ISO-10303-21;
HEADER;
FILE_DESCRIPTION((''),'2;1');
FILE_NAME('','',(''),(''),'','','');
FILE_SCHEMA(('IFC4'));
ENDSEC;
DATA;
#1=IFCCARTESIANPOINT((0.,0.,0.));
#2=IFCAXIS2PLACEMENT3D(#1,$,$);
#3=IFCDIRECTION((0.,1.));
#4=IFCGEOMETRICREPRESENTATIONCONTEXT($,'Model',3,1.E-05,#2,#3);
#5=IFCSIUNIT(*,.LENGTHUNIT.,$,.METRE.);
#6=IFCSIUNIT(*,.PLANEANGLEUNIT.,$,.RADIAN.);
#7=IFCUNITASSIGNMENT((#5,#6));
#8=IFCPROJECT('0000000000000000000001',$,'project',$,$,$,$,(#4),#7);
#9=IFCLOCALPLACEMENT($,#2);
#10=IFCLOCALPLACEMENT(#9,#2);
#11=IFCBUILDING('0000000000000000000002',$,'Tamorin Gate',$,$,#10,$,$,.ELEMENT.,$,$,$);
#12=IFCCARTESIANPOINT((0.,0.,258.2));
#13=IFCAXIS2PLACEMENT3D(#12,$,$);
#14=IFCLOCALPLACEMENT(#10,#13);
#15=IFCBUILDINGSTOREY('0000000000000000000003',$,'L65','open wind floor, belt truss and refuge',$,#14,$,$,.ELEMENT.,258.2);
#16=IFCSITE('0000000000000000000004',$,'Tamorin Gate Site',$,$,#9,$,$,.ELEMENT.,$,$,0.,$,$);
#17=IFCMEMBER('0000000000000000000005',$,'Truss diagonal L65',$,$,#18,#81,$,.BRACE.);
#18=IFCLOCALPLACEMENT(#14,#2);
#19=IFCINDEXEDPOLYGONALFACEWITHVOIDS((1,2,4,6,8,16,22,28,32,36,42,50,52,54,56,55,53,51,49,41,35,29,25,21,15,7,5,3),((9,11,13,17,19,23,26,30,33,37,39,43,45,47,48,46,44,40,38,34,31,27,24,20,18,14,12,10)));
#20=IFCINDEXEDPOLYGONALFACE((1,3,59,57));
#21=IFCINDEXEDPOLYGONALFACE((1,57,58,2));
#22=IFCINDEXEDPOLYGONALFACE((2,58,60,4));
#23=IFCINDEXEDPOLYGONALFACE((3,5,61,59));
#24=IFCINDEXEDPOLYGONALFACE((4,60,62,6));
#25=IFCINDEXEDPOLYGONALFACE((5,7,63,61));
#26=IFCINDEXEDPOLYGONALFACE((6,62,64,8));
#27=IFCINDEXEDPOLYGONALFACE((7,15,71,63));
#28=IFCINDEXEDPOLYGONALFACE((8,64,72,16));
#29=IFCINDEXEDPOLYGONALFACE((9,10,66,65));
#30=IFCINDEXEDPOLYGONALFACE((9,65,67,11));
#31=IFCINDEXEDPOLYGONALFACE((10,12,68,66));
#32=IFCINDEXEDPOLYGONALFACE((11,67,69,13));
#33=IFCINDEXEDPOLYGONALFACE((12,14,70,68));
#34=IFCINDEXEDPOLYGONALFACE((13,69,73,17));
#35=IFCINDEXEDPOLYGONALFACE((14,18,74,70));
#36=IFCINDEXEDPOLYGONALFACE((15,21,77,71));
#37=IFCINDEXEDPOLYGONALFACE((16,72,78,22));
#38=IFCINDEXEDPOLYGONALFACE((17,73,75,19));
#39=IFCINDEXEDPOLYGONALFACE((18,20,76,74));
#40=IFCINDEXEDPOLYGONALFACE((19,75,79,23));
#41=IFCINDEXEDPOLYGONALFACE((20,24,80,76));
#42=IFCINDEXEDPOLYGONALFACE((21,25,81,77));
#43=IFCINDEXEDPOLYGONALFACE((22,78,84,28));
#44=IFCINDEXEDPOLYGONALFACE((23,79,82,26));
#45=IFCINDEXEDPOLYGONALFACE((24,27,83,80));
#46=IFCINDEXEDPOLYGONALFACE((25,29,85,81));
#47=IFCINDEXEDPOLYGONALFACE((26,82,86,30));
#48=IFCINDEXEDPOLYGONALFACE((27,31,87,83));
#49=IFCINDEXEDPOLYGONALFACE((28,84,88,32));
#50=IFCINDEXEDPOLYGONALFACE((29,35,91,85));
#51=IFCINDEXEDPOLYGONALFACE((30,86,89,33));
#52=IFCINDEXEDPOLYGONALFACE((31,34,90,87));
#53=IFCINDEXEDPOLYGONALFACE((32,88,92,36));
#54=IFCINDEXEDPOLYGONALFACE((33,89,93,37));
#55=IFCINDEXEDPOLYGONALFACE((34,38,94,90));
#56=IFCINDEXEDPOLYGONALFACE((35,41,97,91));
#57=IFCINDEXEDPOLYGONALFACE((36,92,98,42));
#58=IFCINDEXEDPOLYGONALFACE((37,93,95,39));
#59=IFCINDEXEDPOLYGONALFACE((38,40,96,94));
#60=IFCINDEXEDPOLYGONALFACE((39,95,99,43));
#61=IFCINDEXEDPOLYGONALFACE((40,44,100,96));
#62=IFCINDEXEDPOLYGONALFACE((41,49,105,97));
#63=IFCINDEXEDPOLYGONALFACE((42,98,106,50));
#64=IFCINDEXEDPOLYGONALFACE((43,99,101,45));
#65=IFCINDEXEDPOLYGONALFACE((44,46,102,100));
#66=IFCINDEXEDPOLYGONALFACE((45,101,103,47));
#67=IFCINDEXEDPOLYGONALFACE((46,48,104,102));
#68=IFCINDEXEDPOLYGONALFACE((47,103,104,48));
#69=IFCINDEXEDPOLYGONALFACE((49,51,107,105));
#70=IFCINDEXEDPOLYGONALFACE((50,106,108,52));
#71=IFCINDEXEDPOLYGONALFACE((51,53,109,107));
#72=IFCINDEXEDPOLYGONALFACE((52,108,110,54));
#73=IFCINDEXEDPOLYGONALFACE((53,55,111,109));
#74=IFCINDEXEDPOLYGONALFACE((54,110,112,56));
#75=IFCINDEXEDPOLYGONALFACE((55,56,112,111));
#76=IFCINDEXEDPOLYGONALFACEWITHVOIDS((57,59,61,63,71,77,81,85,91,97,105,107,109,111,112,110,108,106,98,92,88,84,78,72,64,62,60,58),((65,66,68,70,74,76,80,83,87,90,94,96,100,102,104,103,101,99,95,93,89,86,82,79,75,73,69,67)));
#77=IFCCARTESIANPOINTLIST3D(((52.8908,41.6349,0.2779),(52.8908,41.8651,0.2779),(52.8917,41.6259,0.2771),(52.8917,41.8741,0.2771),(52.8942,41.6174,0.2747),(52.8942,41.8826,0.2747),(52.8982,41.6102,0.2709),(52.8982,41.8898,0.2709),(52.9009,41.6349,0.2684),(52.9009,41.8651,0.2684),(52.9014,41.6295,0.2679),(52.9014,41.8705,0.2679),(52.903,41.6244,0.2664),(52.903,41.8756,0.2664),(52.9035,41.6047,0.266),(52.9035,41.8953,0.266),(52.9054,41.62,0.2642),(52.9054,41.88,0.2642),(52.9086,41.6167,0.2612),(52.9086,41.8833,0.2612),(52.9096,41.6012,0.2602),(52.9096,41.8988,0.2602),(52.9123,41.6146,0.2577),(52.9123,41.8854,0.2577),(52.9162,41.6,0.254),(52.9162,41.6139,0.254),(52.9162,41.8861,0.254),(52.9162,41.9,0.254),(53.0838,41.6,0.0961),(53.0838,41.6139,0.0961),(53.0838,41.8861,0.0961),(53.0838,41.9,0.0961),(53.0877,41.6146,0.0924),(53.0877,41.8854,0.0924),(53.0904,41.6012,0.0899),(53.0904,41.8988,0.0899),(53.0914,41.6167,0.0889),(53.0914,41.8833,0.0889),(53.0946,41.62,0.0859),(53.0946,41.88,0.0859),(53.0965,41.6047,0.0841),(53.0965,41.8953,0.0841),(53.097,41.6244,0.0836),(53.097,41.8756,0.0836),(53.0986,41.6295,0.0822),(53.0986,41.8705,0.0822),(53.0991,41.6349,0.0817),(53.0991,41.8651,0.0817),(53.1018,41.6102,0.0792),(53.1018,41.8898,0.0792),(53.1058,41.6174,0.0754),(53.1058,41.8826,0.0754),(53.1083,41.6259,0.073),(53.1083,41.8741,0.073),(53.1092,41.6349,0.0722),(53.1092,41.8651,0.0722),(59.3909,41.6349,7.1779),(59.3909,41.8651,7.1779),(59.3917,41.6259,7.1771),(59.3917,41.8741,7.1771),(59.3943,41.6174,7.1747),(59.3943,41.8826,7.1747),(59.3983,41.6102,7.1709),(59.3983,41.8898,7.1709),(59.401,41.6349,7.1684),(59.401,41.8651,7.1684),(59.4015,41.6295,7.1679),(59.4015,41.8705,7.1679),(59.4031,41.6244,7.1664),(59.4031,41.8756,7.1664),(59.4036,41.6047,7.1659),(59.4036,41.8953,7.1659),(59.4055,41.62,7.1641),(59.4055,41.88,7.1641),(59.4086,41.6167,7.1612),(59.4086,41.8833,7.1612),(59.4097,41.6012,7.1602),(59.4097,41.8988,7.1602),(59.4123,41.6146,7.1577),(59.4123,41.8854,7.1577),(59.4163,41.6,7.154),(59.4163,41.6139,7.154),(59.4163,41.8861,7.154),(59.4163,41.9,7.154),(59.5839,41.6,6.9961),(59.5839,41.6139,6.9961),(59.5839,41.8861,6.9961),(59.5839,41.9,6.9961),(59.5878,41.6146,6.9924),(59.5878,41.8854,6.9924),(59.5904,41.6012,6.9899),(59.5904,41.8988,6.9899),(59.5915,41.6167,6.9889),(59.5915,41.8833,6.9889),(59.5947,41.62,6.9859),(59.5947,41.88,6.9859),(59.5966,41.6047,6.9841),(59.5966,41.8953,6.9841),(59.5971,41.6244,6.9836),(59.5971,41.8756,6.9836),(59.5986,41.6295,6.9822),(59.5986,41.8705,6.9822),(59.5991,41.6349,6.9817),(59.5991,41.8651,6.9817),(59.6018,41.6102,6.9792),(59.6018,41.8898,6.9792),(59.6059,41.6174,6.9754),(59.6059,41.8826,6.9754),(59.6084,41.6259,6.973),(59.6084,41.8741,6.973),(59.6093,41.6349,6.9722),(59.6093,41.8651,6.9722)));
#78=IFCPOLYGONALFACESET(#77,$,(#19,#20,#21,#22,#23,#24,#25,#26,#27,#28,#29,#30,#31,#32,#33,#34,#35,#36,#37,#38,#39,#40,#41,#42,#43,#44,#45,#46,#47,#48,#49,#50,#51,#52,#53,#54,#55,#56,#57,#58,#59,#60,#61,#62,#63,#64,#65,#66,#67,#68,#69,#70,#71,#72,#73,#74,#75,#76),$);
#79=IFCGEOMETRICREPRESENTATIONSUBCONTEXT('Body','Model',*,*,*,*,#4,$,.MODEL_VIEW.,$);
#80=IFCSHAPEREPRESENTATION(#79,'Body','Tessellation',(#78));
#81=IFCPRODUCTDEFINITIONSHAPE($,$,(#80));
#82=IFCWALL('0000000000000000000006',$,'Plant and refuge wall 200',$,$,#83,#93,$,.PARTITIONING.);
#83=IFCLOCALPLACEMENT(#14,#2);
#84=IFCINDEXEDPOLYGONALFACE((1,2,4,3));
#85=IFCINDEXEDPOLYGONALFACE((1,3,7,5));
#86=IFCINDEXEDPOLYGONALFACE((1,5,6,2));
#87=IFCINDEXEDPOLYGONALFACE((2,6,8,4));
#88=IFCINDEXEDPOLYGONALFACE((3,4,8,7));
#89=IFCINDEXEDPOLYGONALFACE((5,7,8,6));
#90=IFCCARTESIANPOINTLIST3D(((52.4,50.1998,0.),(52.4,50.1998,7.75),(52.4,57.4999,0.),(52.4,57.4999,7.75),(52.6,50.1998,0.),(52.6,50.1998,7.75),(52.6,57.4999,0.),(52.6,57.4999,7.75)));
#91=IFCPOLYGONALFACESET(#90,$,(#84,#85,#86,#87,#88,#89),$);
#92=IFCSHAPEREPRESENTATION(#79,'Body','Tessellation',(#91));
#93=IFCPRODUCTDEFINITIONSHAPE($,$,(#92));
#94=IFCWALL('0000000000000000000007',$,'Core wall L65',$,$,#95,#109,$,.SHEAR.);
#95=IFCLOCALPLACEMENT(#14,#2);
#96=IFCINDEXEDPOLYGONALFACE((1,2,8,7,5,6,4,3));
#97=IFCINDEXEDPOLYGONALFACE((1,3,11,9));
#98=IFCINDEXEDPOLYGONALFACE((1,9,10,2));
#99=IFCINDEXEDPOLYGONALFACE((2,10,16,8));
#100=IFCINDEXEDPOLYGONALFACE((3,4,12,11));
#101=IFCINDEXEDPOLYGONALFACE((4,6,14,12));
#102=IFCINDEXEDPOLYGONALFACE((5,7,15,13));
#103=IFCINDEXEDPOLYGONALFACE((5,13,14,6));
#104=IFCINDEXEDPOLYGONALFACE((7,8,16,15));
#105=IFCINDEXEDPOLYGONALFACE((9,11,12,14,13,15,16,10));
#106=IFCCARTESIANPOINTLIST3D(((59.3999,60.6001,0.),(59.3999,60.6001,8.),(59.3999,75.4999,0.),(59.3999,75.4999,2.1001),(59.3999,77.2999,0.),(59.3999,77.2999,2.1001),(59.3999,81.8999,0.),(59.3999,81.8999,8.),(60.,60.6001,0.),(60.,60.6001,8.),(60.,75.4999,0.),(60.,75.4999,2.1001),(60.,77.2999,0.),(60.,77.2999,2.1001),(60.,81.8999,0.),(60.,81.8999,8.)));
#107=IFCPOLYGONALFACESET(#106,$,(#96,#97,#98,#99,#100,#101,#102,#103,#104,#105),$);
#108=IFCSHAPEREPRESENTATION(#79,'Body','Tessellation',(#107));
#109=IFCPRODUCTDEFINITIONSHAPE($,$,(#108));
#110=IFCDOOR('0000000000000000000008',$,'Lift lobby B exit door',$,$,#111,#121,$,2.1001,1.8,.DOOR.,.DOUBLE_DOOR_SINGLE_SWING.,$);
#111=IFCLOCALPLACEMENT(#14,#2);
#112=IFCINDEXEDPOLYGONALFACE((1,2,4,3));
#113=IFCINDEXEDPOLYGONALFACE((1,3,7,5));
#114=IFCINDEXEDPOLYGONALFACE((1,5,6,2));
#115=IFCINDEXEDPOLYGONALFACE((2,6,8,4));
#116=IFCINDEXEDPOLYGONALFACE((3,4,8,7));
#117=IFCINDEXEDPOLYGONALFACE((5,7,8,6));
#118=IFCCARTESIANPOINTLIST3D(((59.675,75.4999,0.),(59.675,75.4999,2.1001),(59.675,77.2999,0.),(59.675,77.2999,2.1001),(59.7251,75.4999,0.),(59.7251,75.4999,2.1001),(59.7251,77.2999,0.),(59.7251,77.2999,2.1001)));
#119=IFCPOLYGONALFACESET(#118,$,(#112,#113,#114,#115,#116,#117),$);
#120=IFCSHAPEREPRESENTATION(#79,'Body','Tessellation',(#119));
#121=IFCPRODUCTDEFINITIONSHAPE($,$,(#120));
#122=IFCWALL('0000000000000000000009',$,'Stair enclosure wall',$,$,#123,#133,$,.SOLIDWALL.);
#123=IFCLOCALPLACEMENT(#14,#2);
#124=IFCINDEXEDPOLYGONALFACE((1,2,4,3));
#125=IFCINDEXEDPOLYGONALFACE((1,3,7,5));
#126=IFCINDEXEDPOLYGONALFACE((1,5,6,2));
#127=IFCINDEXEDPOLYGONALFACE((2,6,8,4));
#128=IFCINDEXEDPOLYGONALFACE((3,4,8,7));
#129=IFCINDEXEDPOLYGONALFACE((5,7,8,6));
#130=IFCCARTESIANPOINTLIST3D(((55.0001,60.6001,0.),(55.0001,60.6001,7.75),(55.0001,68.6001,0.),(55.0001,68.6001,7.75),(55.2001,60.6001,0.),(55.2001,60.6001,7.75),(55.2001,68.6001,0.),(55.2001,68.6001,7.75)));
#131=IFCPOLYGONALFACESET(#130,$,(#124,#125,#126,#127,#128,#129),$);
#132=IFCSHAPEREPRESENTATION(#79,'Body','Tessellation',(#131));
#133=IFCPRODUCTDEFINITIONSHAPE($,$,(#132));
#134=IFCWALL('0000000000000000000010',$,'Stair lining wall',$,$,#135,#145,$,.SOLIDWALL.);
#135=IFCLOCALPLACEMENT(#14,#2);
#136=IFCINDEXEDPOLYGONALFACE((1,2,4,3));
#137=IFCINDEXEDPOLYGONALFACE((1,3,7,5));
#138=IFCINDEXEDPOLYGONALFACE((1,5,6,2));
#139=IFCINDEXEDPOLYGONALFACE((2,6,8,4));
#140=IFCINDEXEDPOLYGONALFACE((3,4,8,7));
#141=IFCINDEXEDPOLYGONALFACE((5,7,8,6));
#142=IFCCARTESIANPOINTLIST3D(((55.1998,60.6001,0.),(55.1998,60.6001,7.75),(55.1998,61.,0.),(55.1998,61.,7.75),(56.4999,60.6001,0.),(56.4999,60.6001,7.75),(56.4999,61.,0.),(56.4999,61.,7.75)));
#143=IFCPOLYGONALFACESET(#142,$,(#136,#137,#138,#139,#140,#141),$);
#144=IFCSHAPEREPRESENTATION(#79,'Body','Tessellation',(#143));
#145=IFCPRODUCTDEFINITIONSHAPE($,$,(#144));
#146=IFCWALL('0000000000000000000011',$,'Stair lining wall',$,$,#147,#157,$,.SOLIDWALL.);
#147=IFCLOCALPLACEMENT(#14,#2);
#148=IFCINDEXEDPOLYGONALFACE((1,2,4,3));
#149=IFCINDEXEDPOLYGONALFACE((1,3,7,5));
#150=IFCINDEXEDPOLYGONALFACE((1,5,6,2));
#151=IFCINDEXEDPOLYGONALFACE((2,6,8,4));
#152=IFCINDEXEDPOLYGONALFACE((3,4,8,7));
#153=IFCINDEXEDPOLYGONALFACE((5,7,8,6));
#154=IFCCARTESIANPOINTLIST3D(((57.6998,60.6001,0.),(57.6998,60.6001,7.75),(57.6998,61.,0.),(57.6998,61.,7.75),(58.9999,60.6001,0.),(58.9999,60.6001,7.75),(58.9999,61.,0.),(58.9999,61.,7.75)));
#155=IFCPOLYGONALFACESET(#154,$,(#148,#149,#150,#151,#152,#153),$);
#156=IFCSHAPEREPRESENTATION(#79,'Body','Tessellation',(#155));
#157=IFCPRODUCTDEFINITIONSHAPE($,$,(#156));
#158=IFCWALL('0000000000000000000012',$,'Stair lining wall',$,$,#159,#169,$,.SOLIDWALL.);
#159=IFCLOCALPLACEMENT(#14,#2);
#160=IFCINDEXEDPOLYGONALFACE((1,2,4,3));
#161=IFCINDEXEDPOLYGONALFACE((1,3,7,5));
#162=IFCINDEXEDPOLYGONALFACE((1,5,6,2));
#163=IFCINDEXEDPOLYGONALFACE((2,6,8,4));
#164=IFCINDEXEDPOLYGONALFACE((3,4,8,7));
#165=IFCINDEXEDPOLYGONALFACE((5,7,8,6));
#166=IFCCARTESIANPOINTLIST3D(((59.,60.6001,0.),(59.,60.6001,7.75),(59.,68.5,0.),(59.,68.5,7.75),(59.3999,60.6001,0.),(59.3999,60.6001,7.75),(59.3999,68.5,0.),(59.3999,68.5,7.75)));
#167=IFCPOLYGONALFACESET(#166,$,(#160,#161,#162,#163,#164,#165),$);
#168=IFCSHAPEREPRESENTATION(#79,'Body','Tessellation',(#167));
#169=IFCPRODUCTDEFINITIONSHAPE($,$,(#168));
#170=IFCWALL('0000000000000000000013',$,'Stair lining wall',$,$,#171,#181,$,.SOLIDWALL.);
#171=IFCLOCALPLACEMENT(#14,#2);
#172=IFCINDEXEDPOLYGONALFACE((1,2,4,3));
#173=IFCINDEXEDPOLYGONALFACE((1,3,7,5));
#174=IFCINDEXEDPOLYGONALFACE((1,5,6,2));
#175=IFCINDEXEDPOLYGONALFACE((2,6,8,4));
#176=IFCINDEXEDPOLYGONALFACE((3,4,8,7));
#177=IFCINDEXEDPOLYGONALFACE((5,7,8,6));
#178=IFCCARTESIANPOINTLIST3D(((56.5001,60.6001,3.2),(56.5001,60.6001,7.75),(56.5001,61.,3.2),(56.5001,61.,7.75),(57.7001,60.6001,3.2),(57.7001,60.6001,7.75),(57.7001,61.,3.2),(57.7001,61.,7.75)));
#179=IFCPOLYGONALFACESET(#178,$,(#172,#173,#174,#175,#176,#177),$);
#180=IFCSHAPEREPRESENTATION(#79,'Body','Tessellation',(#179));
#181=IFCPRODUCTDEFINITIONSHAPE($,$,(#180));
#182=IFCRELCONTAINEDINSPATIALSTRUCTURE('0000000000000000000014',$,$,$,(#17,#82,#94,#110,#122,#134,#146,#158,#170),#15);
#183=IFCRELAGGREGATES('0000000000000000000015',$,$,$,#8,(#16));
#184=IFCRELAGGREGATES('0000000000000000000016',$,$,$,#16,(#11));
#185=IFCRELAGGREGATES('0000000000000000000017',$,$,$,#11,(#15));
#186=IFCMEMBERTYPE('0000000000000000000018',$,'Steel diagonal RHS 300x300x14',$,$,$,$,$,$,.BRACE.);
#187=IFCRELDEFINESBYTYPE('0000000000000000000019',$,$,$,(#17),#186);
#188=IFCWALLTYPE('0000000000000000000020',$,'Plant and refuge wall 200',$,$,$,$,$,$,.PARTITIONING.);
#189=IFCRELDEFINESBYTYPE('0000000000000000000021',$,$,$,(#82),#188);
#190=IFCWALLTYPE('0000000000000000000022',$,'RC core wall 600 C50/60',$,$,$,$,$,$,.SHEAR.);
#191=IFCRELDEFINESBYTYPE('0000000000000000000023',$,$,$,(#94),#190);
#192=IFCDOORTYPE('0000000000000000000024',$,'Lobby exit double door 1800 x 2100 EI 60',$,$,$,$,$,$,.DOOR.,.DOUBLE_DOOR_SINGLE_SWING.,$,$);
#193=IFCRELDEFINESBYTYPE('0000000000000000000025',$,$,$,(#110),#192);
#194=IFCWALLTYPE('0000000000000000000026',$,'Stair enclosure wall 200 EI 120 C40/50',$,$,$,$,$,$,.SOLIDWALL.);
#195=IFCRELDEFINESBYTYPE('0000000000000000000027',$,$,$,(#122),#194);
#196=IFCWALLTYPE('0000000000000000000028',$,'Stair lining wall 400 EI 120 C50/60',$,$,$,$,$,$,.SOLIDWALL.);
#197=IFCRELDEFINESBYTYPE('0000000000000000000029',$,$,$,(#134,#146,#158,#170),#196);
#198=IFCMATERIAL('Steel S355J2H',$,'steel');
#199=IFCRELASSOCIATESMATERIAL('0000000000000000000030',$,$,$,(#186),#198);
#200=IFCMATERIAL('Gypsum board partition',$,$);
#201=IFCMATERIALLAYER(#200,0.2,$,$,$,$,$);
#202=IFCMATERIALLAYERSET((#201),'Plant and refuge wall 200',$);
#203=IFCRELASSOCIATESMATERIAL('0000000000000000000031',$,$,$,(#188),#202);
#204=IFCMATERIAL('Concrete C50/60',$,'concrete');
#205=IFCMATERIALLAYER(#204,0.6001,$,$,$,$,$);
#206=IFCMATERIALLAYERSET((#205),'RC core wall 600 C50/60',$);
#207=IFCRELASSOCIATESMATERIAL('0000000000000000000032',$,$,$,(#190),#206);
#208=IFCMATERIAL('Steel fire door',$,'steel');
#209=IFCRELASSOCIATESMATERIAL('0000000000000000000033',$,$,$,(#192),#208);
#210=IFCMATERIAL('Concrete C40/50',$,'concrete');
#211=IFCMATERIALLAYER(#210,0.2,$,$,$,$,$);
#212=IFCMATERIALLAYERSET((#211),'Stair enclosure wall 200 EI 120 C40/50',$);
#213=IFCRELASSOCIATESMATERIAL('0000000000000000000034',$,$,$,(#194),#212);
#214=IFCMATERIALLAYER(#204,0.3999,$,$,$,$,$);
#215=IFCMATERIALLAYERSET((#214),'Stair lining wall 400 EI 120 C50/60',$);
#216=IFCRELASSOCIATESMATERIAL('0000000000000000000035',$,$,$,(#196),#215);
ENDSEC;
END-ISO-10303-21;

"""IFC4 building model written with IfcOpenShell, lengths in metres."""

from ifc_helpers import new_model, si_unit, direction, frame, frame_2d, origin, origin_2d, place, context, subcontext, project, spatial, rectangle, hollow_rectangle, extrude, material, layer, layer_set, material_profile, profile_set, type_object, element, fill, save


model = new_model("IFC4")

# Units and contexts
model_context = context("Model", 3, precision=1e-05, world=origin(), true_north=direction((0.0, 1.0)))
body_context = subcontext(model_context, "Body", "Model", "MODEL_VIEW")
ifc_project = project(units=[si_unit("LENGTHUNIT", "METRE"), si_unit("PLANEANGLEUNIT", "RADIAN")], contexts=[model_context])

# Site, building, storey
site_placement = place(None, origin())
site = spatial("IfcSite", under=ifc_project, at=site_placement, Name="Tamorin Gate Site", CompositionType="ELEMENT", RefElevation=0.0)
building_placement = place(site_placement, origin())
building = spatial("IfcBuilding", under=site, at=building_placement, Name="Tamorin Gate", CompositionType="ELEMENT")
storey_placement = place(building_placement, frame((0.0, 0.0, 258.2)))
storey = spatial("IfcBuildingStorey", under=building, at=storey_placement, Name="L65", Description="open wind floor, belt truss and refuge", CompositionType="ELEMENT", Elevation=258.2)

# Shared definitions
ifc_material_1 = material(Name="Concrete C50/60", Category="concrete")

# Member
ifc_material_2 = material(Name="Steel S355J2H", Category="steel")
ifc_material_profile_1 = material_profile(ifc_material_2, hollow_rectangle(XDim=0.3, YDim=0.3, WallThickness=0.0139, InnerFilletRadius=0.021, OuterFilletRadius=0.0349, at=origin_2d()), Name="RHS 300x300x14")
ifc_profile_set_1 = profile_set([ifc_material_profile_1], Name="Steel S355J2H")
member_type_1 = type_object("IfcMemberType", Name="Steel diagonal RHS 300x300x14", PredefinedType="BRACE", material=ifc_profile_set_1)
member_placement = place(storey_placement, frame((53.0, 41.75, 0.175), z_axis=(0.685699, 0.0, 0.727885), x_axis=(0.0, 1.0, 0.0)))
element("IfcMember", 1, at=member_placement, inside=storey, type_object=member_type_1, Name="Truss diagonal L65", PredefinedType="BRACE", context=body_context, shape_type="SweptSolid", body=[
    extrude(hollow_rectangle(XDim=0.3, YDim=0.3, WallThickness=0.0139, InnerFilletRadius=0.021, OuterFilletRadius=0.0349, at=origin_2d()), origin(), (0.0, 0.0, 1.0), 9.4795),
])

# Wall
ifc_material_3 = material(Name="Gypsum board partition")
ifc_layer_1 = layer(ifc_material_3, 0.2)
ifc_layer_set_1 = layer_set([ifc_layer_1], Name="Plant and refuge wall 200")
wall_type_1 = type_object("IfcWallType", Name="Plant and refuge wall 200", PredefinedType="PARTITIONING", material=ifc_layer_set_1)
wall_1_placement = place(storey_placement, frame((52.5, 50.2, 0.0), z_axis=(0.0, 0.0, 1.0), x_axis=(0.0, 1.0, 0.0)))
element("IfcWall", 2, at=wall_1_placement, inside=storey, type_object=wall_type_1, Name="Plant and refuge wall 200", PredefinedType="PARTITIONING", context=body_context, shape_type="SweptSolid", body=[
    extrude(rectangle(XDim=7.3, YDim=0.2, at=frame_2d((3.6499, 0.0))), origin(), (0.0, 0.0, 1.0), 7.75),
])

# Wall, opening, door
ifc_layer_2 = layer(ifc_material_1, 0.6001)
ifc_layer_set_2 = layer_set([ifc_layer_2], Name="RC core wall 600 C50/60")
wall_type_2 = type_object("IfcWallType", Name="RC core wall 600 C50/60", PredefinedType="SHEAR", material=ifc_layer_set_2)
wall_2_placement = place(storey_placement, frame((59.7, 60.6001, 0.0), z_axis=(0.0, 0.0, 1.0), x_axis=(0.0, 1.0, 0.0)))
wall_2 = element("IfcWall", 3, at=wall_2_placement, inside=storey, type_object=wall_type_2, Name="Core wall L65", PredefinedType="SHEAR", context=body_context, shape_type="SweptSolid", body=[
    extrude(rectangle(XDim=21.2998, YDim=0.6001, at=frame_2d((10.6499, 0.0))), origin(), (0.0, 0.0, 1.0), 8.0),
])
opening_placement = place(wall_2_placement, frame((14.8999, 0.0, 0.0)))
opening = element("IfcOpeningElement", 4, at=opening_placement, cuts=wall_2, PredefinedType="OPENING", context=body_context, shape_type="SweptSolid", body=[
    extrude(rectangle(XDim=1.8, YDim=2.1001, at=frame_2d((0.8999, 1.05))), frame((0.0, 0.3101, 0.0), z_axis=(0.0, -1.0, 0.0), x_axis=(1.0, 0.0, 0.0)), (0.0, 0.0, 1.0), 0.6201),
])
ifc_material_4 = material(Name="Steel fire door", Category="steel")
door_type = type_object("IfcDoorType", Name="Lobby exit double door 1800 x 2100 EI 60", OperationType="DOUBLE_DOOR_SINGLE_SWING", PredefinedType="DOOR", material=ifc_material_4)
door_placement = place(opening_placement, origin())
door = element("IfcDoor", 5, at=door_placement, inside=storey, type_object=door_type, Name="Lift lobby B exit door", OperationType="DOUBLE_DOOR_SINGLE_SWING", OverallHeight=2.1001, OverallWidth=1.8, PredefinedType="DOOR", context=body_context, shape_type="SweptSolid", body=[
    extrude(rectangle(XDim=1.8, YDim=2.1001, at=frame_2d((0.8999, 1.05))), frame((0.0, 0.0249, 0.0), z_axis=(0.0, -1.0, 0.0), x_axis=(1.0, 0.0, 0.0)), (0.0, 0.0, 1.0), 0.05),
])
fill(opening, door)

# Walls
ifc_material_5 = material(Name="Concrete C40/50", Category="concrete")
ifc_layer_3 = layer(ifc_material_5, 0.2)
ifc_layer_set_3 = layer_set([ifc_layer_3], Name="Stair enclosure wall 200 EI 120 C40/50")
wall_type_3 = type_object("IfcWallType", Name="Stair enclosure wall 200 EI 120 C40/50", PredefinedType="SOLIDWALL", material=ifc_layer_set_3)
wall_3_placement = place(storey_placement, frame((55.1001, 60.6001, 0.0), z_axis=(0.0, 0.0, 1.0), x_axis=(0.0, 1.0, 0.0)))
element("IfcWall", 6, at=wall_3_placement, inside=storey, type_object=wall_type_3, Name="Stair enclosure wall", PredefinedType="SOLIDWALL", context=body_context, shape_type="SweptSolid", body=[
    extrude(rectangle(XDim=8.0, YDim=0.2, at=frame_2d((4.0, 0.0))), origin(), (0.0, 0.0, 1.0), 7.75),
])
ifc_layer_4 = layer(ifc_material_1, 0.3999)
ifc_layer_set_4 = layer_set([ifc_layer_4], Name="Stair lining wall 400 EI 120 C50/60")
wall_type_4 = type_object("IfcWallType", Name="Stair lining wall 400 EI 120 C50/60", PredefinedType="SOLIDWALL", material=ifc_layer_set_4)
for number, where, z_axis, x_axis, name in (
    (7, (55.2, 60.8, 0.0), (0.0, 0.0, 1.0), (1.0, 0.0, 0.0), "Stair lining wall"),
    (8, (57.7, 60.8, 0.0), (0.0, 0.0, 1.0), (1.0, 0.0, 0.0), "Stair lining wall"),
):
    element("IfcWall", number, at=place(storey_placement, frame(where, z_axis=z_axis, x_axis=x_axis)), inside=storey, type_object=wall_type_4, Name=name, PredefinedType="SOLIDWALL", context=body_context, shape_type="SweptSolid", body=[
        extrude(rectangle(XDim=1.3, YDim=0.3999, at=frame_2d((0.6499, 0.0))), origin(), (0.0, 0.0, 1.0), 7.75),
    ])
wall_4_placement = place(storey_placement, frame((59.2, 60.6001, 0.0), z_axis=(0.0, 0.0, 1.0), x_axis=(0.0, 1.0, 0.0)))
element("IfcWall", 9, at=wall_4_placement, inside=storey, type_object=wall_type_4, Name="Stair lining wall", PredefinedType="SOLIDWALL", context=body_context, shape_type="SweptSolid", body=[
    extrude(rectangle(XDim=7.8999, YDim=0.3999, at=frame_2d((3.95, 0.0))), origin(), (0.0, 0.0, 1.0), 7.75),
])
wall_5_placement = place(storey_placement, frame((56.5, 60.8, 3.2), z_axis=(0.0, 0.0, 1.0), x_axis=(1.0, 0.0, 0.0)))
element("IfcWall", 10, at=wall_5_placement, inside=storey, type_object=wall_type_4, Name="Stair lining wall", PredefinedType="SOLIDWALL", context=body_context, shape_type="SweptSolid", body=[
    extrude(rectangle(XDim=1.2, YDim=0.3999, at=frame_2d((0.6001, 0.0))), origin(), (0.0, 0.0, 1.0), 4.55),
])

save(model, "model.ifc")
